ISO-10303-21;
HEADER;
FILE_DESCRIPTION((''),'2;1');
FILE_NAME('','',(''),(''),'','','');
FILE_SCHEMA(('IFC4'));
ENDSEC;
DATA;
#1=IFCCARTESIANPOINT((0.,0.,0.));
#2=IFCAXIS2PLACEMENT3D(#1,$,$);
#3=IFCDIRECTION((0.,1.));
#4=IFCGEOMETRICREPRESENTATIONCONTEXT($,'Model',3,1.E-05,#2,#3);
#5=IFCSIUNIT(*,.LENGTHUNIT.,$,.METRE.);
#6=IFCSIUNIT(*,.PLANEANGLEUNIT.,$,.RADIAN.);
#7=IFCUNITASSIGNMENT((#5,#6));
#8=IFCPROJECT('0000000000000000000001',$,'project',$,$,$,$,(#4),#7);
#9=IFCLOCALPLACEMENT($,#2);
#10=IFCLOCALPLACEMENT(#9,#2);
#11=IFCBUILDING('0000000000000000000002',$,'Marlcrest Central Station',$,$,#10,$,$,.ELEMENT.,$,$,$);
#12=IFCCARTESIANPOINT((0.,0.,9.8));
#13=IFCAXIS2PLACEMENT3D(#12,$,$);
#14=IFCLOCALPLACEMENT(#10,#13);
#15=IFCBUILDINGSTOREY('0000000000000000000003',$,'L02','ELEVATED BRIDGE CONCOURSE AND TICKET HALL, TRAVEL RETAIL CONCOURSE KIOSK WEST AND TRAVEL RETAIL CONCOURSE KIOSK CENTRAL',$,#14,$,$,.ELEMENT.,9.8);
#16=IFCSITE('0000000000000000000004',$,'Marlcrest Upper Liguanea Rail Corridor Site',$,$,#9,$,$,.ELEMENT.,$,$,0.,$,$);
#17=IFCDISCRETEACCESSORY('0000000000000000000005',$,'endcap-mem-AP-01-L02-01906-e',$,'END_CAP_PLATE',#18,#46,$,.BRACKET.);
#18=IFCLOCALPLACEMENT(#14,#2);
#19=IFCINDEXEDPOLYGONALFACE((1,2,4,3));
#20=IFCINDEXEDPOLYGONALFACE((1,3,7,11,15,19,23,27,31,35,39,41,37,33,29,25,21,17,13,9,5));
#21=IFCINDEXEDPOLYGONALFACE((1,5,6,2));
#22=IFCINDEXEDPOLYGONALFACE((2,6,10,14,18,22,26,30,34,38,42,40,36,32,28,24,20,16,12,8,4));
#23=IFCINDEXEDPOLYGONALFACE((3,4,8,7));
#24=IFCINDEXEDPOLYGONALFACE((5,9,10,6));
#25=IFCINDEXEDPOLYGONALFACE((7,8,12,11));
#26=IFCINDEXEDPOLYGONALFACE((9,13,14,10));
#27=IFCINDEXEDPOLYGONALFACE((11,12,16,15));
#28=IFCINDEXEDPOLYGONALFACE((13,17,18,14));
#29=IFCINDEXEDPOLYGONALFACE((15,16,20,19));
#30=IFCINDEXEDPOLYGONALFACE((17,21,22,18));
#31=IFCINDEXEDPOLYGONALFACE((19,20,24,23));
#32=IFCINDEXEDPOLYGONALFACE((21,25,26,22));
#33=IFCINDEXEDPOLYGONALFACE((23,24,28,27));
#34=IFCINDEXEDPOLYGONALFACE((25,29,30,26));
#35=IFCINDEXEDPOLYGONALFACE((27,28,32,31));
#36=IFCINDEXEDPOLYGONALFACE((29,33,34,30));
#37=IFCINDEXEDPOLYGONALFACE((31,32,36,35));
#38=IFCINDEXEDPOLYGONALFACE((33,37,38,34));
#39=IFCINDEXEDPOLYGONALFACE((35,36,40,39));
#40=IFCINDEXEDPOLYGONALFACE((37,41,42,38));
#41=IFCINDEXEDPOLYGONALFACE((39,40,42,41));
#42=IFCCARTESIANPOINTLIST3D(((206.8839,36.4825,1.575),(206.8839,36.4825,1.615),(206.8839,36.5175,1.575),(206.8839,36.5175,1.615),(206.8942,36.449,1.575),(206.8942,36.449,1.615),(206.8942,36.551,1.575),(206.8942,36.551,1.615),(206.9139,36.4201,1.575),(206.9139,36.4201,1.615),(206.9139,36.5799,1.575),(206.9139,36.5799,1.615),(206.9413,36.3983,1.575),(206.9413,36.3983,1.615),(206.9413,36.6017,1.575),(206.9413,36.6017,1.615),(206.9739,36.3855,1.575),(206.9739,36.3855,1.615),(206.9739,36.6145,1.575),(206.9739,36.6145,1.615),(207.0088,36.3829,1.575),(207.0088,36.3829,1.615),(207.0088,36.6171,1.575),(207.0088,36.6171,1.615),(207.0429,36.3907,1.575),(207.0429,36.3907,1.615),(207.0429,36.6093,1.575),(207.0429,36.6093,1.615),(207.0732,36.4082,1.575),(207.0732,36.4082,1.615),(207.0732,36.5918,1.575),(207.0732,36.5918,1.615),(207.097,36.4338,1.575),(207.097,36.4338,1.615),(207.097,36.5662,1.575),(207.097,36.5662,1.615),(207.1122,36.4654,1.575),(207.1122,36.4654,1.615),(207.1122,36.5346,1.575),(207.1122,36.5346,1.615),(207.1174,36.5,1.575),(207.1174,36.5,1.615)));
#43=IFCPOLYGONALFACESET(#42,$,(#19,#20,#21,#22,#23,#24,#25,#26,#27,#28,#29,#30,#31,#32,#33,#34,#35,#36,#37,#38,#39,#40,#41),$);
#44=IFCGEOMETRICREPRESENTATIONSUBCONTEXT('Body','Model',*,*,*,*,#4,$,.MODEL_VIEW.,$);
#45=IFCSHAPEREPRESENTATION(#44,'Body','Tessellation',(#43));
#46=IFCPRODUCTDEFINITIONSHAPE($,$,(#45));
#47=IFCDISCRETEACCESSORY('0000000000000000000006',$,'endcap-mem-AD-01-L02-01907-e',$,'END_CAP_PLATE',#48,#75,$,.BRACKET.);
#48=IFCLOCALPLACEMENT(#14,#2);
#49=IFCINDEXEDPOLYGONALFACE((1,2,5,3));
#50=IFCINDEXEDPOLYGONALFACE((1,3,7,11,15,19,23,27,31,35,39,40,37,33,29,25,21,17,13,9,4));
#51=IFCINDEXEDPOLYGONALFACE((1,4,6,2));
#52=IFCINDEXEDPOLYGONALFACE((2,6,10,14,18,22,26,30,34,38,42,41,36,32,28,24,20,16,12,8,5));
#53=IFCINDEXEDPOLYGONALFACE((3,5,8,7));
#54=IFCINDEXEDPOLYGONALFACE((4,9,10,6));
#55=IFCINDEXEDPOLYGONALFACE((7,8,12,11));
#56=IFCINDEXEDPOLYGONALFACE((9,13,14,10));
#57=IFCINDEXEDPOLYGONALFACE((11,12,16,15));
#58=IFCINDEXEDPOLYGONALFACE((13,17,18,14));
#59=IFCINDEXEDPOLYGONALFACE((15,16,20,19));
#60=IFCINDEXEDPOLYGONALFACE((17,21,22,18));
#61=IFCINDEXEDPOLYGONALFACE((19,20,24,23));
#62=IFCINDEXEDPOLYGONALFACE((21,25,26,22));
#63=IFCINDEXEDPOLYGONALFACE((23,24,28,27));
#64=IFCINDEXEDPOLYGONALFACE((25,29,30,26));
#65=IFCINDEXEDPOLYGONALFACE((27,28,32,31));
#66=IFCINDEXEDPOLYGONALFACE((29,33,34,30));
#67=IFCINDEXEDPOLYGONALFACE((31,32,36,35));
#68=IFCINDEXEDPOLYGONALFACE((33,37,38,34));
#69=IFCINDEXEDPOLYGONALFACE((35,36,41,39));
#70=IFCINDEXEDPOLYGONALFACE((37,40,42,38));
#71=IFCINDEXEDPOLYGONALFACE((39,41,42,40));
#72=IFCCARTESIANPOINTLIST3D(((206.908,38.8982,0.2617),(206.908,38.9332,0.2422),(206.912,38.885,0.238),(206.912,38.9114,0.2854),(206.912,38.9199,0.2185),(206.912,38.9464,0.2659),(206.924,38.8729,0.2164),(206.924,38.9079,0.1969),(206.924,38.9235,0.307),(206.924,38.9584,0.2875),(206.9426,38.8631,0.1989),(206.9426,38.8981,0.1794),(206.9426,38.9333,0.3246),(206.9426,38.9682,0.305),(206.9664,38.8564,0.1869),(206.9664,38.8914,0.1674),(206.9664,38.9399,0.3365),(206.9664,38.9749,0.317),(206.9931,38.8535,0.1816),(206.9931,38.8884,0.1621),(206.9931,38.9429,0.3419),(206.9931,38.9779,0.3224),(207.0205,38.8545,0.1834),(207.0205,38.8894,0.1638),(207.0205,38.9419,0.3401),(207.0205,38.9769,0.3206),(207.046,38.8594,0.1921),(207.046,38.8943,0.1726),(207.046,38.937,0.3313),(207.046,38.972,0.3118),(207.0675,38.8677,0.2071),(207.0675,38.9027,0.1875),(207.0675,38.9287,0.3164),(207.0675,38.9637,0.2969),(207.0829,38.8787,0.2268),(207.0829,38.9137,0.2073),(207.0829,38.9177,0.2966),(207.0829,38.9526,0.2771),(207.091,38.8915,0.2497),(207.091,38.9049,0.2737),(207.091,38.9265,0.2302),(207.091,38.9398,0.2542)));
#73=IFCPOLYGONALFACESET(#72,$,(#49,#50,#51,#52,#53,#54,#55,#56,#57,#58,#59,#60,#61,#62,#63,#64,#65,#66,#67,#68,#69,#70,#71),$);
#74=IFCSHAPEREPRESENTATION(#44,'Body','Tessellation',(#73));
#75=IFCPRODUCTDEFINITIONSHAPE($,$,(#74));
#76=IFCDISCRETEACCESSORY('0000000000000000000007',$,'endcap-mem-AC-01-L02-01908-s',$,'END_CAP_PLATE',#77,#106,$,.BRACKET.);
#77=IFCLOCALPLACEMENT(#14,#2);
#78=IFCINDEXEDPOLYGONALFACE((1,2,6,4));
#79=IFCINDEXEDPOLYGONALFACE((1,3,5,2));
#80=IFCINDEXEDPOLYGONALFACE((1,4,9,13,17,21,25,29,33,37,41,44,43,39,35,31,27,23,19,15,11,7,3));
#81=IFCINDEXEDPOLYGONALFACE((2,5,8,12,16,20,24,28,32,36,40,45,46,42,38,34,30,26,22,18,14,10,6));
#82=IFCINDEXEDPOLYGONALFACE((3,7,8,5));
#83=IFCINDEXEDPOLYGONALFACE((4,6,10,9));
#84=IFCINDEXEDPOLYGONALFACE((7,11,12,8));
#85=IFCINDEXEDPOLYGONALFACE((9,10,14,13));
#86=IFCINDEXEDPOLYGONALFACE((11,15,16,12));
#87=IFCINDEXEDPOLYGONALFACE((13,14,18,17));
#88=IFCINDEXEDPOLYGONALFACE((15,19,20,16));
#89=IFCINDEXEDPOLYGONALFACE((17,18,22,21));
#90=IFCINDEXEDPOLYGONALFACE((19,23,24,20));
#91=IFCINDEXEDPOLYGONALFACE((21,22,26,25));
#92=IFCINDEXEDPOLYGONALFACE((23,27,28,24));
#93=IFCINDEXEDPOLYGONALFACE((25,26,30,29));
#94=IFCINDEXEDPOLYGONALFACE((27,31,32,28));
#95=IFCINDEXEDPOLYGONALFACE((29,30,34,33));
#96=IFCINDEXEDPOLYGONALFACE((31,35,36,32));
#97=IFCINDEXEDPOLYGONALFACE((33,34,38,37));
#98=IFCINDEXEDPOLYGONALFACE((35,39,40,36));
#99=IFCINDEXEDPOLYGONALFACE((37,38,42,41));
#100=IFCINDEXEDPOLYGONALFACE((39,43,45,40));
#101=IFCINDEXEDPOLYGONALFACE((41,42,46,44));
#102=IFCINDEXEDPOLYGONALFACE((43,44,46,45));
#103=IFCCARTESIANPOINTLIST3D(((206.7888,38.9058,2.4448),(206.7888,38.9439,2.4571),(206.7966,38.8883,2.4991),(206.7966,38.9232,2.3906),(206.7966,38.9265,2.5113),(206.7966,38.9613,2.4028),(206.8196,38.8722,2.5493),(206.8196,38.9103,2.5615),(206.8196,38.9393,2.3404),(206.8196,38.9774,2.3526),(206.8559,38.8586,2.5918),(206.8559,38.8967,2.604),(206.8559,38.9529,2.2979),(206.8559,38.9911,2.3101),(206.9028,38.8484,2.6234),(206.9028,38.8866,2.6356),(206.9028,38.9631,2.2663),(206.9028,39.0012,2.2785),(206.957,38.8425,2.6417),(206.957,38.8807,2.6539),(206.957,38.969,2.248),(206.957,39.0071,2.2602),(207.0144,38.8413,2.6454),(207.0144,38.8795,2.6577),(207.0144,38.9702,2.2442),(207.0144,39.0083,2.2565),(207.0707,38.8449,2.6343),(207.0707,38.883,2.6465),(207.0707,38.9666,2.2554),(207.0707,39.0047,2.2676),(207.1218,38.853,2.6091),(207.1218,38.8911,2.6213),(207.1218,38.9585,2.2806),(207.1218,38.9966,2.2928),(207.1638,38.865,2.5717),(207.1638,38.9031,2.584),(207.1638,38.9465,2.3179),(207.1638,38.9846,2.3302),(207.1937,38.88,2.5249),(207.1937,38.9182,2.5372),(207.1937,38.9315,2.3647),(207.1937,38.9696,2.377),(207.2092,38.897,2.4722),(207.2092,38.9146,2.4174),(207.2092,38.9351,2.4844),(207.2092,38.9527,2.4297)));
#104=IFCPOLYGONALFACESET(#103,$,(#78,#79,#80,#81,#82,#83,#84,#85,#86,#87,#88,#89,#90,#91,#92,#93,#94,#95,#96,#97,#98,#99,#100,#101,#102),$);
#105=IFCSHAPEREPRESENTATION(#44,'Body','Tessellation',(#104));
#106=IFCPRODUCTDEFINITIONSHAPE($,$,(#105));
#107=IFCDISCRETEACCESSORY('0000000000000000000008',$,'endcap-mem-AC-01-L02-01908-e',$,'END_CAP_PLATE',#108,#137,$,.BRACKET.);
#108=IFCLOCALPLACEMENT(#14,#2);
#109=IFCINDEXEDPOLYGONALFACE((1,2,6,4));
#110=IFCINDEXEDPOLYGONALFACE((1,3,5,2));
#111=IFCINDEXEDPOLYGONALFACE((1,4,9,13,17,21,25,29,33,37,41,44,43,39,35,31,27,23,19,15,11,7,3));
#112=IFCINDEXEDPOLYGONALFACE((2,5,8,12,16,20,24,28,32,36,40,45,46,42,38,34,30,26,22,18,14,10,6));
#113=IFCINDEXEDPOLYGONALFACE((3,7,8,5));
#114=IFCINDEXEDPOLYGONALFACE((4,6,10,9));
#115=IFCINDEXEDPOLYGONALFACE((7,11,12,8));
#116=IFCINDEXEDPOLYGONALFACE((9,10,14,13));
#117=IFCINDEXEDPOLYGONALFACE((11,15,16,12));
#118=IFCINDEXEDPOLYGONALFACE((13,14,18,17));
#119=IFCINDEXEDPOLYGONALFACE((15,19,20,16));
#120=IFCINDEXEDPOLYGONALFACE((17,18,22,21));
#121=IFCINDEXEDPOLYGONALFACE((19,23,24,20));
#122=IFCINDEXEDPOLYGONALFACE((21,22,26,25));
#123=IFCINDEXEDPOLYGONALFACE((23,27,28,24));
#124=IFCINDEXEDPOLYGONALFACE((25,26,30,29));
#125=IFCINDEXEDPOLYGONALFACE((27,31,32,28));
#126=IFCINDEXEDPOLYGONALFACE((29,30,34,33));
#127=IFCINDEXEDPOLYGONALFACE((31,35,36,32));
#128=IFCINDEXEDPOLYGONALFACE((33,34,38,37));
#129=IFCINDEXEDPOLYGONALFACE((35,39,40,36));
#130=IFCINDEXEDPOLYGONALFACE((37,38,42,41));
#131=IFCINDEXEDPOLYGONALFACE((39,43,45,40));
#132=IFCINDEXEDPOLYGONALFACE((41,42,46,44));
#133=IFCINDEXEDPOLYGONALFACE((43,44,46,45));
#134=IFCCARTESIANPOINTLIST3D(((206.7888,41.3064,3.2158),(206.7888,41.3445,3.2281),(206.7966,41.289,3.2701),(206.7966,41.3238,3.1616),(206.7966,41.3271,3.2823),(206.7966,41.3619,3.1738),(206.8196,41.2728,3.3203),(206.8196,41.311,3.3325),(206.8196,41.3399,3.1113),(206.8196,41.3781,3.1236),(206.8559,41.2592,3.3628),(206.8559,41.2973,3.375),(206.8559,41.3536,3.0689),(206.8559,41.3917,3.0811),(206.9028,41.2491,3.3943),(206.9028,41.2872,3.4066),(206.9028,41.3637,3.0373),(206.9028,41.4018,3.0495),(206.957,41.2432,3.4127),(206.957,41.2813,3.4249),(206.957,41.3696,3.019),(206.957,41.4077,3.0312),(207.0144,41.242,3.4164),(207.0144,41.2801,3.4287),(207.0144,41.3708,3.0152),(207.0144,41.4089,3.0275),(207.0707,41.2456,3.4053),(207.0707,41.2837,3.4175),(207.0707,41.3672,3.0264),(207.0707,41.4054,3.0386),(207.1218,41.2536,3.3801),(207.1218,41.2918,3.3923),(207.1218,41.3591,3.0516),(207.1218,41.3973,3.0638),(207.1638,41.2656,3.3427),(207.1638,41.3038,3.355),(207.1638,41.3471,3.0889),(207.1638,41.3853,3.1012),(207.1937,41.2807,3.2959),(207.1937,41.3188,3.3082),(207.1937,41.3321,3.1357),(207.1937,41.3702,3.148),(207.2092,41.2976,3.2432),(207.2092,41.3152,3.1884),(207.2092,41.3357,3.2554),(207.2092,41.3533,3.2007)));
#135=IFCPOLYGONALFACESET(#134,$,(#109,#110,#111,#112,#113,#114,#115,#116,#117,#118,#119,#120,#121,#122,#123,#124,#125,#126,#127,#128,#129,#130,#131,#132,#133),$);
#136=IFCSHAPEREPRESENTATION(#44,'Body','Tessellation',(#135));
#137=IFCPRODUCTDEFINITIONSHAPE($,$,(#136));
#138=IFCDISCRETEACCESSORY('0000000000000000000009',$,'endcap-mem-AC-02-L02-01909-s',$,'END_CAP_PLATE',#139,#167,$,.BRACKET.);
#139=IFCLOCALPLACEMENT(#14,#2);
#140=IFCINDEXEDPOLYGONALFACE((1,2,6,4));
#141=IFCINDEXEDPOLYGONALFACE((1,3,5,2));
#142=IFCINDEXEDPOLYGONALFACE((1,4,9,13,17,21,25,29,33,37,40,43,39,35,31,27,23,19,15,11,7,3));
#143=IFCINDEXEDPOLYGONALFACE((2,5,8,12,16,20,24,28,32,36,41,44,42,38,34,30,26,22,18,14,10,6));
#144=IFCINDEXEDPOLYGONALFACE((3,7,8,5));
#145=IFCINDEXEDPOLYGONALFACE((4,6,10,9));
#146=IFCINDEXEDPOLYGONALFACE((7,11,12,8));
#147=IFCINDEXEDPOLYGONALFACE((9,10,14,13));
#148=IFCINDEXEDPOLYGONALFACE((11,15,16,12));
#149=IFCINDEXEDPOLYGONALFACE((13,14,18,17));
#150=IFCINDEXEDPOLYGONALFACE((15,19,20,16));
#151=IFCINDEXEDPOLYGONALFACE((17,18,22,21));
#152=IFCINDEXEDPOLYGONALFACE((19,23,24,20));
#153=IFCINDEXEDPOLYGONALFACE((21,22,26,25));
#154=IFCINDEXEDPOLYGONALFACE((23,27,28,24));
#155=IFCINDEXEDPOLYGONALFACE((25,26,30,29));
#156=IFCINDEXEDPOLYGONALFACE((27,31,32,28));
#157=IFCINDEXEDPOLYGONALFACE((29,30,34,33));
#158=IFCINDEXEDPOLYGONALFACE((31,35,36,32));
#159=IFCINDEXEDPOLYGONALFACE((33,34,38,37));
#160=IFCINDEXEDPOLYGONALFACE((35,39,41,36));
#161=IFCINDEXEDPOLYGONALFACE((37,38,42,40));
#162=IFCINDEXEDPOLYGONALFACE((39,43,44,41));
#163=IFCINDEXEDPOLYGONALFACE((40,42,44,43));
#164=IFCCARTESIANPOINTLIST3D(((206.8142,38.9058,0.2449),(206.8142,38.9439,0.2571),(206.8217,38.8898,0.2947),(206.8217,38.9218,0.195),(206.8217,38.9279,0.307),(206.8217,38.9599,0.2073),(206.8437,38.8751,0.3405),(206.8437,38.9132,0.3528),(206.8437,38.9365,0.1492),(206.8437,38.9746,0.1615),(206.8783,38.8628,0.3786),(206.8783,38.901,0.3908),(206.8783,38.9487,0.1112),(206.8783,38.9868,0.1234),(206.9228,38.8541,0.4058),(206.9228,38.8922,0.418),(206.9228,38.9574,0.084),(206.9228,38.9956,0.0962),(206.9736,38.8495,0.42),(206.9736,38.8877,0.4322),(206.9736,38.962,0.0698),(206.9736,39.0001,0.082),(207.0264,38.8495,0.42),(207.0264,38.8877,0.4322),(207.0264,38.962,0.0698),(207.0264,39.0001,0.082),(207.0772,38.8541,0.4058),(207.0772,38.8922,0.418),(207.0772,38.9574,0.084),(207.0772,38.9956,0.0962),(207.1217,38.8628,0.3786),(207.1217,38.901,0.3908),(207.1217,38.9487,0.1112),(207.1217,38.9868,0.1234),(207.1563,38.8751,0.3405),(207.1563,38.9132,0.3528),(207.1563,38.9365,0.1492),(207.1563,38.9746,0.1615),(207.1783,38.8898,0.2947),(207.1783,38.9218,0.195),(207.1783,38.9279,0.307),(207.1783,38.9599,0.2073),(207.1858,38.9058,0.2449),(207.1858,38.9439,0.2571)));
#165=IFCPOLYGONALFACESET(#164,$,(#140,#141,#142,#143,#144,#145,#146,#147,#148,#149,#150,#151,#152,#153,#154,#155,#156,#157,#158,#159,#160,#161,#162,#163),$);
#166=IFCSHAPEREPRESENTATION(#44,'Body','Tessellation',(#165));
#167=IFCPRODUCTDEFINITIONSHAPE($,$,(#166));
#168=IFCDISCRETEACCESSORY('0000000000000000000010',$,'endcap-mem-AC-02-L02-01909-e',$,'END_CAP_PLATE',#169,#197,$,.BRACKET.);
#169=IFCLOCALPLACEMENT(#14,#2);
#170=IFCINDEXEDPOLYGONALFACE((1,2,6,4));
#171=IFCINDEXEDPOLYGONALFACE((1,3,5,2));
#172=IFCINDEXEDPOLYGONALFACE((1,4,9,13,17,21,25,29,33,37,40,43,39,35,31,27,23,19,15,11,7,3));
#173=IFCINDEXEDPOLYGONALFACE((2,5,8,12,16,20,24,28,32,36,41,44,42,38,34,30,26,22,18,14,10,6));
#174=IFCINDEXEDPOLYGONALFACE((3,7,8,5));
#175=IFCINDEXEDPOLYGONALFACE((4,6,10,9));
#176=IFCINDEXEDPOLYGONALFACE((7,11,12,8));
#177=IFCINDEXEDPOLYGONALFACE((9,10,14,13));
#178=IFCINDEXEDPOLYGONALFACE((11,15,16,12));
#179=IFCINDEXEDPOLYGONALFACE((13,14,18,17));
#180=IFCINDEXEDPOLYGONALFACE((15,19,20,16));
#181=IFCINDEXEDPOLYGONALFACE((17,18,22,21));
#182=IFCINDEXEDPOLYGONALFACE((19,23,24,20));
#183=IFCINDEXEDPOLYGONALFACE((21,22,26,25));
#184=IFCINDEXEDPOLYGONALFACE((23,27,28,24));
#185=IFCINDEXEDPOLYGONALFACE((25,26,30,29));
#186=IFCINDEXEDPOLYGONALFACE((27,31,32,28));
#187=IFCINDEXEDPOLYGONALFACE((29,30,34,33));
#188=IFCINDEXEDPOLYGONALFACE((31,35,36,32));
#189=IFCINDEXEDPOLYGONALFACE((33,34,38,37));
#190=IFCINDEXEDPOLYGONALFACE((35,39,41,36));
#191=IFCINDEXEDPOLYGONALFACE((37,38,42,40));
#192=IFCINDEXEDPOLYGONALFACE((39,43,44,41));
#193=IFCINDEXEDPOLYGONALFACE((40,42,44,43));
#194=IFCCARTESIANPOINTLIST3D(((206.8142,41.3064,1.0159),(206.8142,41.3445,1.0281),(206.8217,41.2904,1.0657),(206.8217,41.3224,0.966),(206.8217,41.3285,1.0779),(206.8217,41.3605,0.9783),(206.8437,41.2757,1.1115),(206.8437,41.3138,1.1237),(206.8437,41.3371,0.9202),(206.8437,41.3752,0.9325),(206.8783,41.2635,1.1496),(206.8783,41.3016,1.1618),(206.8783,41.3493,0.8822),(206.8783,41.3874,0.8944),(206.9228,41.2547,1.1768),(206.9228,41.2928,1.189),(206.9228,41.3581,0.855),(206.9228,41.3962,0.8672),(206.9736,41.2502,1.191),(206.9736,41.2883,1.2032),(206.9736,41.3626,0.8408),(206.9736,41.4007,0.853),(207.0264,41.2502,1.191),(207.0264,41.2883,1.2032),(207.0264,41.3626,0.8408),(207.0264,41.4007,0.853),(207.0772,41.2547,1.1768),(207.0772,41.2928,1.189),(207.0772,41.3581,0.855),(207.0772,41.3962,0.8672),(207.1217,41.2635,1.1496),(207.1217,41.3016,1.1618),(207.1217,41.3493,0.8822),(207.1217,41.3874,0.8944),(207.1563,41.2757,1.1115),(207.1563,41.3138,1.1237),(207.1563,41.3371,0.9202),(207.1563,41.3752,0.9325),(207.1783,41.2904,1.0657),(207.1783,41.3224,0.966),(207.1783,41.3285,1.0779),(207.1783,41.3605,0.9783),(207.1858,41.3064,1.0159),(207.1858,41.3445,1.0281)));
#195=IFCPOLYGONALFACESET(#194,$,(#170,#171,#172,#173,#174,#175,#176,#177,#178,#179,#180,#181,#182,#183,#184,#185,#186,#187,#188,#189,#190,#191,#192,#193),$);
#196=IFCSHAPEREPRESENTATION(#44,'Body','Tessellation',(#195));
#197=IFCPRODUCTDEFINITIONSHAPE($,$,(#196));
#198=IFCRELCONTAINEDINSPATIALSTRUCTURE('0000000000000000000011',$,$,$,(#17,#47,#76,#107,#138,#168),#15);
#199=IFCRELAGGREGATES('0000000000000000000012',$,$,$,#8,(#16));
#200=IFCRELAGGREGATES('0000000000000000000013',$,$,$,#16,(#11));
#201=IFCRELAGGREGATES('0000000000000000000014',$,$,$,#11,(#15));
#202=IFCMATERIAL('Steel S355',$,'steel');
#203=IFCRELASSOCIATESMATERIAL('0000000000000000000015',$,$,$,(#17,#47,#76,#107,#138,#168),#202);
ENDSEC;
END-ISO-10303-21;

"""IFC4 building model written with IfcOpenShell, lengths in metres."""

from ifc_helpers import new_model, si_unit, direction, frame, origin, origin_2d, place, context, subcontext, project, spatial, circle, extrude, material, element, save


model = new_model("IFC4")

# Units and contexts
model_context = context("Model", 3, precision=1e-05, world=origin(), true_north=direction((0.0, 1.0)))
body_context = subcontext(model_context, "Body", "Model", "MODEL_VIEW")
ifc_project = project(units=[si_unit("LENGTHUNIT", "METRE"), si_unit("PLANEANGLEUNIT", "RADIAN")], contexts=[model_context])

# Site, building, storey
site_placement = place(None, origin())
site = spatial("IfcSite", under=ifc_project, at=site_placement, Name="Marlcrest Upper Liguanea Rail Corridor Site", CompositionType="ELEMENT", RefElevation=0.0)
building_placement = place(site_placement, origin())
building = spatial("IfcBuilding", under=site, at=building_placement, Name="Marlcrest Central Station", CompositionType="ELEMENT")
storey_placement = place(building_placement, frame((0.0, 0.0, 9.8)))
storey = spatial("IfcBuildingStorey", under=building, at=storey_placement, Name="L02", Description="ELEVATED BRIDGE CONCOURSE AND TICKET HALL, TRAVEL RETAIL CONCOURSE KIOSK WEST AND TRAVEL RETAIL CONCOURSE KIOSK CENTRAL", CompositionType="ELEMENT", Elevation=9.8)

# Shared definitions
ifc_material_1 = material(Name="Steel S355", Category="steel")

# Discrete accessories
for number, where, z_axis, x_axis, name in (
    (1, (207.0, 36.5, 1.575), (0.0, 0.0, 1.0), (1.0, 0.0, 0.0), "endcap-mem-AP-01-L02-01906-e"),
):
    element("IfcDiscreteAccessory", number, at=place(storey_placement, frame(where, z_axis=z_axis, x_axis=x_axis)), inside=storey, material=ifc_material_1, Name=name, ObjectType="END_CAP_PLATE", PredefinedType="BRACKET", context=body_context, shape_type="SweptSolid", body=[
        extrude(circle(Radius=0.1174, at=origin_2d()), origin(), (0.0, 0.0, 1.0), 0.04),
    ])
discrete_accessory_1_placement = place(storey_placement, frame((207.0, 38.8982, 0.2617), z_axis=(0.0, 0.873246, -0.48728), x_axis=(-1.0, 0.0, 0.0)))
element("IfcDiscreteAccessory", 2, at=discrete_accessory_1_placement, inside=storey, material=ifc_material_1, Name="endcap-mem-AD-01-L02-01907-e", ObjectType="END_CAP_PLATE", PredefinedType="BRACKET", context=body_context, shape_type="SweptSolid", body=[
    extrude(circle(Radius=0.092, at=origin_2d()), origin(), (0.0, 0.0, 1.0), 0.04),
])
for number, where, z_axis, x_axis, name in (
    (3, (207.0, 38.9058, 2.4448), (0.0, 0.952117, 0.305734), (-1.0, 0.0, 0.0), "endcap-mem-AC-01-L02-01908-s"),
    (4, (207.0, 41.3064, 3.2158), (0.0, 0.952117, 0.305734), (-1.0, 0.0, 0.0), "endcap-mem-AC-01-L02-01908-e"),
):
    element("IfcDiscreteAccessory", number, at=place(storey_placement, frame(where, z_axis=z_axis, x_axis=x_axis)), inside=storey, material=ifc_material_1, Name=name, ObjectType="END_CAP_PLATE", PredefinedType="BRACKET", context=body_context, shape_type="SweptSolid", body=[
        extrude(circle(Radius=0.2112, at=origin_2d()), origin(), (0.0, 0.0, 1.0), 0.04),
    ])
for number, where, z_axis, x_axis, name in (
    (5, (207.0, 38.9058, 0.2449), (0.0, 0.952117, 0.305734), (-1.0, 0.0, 0.0), "endcap-mem-AC-02-L02-01909-s"),
    (6, (207.0, 41.3064, 1.0159), (0.0, 0.952117, 0.305734), (-1.0, 0.0, 0.0), "endcap-mem-AC-02-L02-01909-e"),
):
    element("IfcDiscreteAccessory", number, at=place(storey_placement, frame(where, z_axis=z_axis, x_axis=x_axis)), inside=storey, material=ifc_material_1, Name=name, ObjectType="END_CAP_PLATE", PredefinedType="BRACKET", context=body_context, shape_type="SweptSolid", body=[
        extrude(circle(Radius=0.1858, at=origin_2d()), origin(), (0.0, 0.0, 1.0), 0.04),
    ])

save(model, "model.ifc")
